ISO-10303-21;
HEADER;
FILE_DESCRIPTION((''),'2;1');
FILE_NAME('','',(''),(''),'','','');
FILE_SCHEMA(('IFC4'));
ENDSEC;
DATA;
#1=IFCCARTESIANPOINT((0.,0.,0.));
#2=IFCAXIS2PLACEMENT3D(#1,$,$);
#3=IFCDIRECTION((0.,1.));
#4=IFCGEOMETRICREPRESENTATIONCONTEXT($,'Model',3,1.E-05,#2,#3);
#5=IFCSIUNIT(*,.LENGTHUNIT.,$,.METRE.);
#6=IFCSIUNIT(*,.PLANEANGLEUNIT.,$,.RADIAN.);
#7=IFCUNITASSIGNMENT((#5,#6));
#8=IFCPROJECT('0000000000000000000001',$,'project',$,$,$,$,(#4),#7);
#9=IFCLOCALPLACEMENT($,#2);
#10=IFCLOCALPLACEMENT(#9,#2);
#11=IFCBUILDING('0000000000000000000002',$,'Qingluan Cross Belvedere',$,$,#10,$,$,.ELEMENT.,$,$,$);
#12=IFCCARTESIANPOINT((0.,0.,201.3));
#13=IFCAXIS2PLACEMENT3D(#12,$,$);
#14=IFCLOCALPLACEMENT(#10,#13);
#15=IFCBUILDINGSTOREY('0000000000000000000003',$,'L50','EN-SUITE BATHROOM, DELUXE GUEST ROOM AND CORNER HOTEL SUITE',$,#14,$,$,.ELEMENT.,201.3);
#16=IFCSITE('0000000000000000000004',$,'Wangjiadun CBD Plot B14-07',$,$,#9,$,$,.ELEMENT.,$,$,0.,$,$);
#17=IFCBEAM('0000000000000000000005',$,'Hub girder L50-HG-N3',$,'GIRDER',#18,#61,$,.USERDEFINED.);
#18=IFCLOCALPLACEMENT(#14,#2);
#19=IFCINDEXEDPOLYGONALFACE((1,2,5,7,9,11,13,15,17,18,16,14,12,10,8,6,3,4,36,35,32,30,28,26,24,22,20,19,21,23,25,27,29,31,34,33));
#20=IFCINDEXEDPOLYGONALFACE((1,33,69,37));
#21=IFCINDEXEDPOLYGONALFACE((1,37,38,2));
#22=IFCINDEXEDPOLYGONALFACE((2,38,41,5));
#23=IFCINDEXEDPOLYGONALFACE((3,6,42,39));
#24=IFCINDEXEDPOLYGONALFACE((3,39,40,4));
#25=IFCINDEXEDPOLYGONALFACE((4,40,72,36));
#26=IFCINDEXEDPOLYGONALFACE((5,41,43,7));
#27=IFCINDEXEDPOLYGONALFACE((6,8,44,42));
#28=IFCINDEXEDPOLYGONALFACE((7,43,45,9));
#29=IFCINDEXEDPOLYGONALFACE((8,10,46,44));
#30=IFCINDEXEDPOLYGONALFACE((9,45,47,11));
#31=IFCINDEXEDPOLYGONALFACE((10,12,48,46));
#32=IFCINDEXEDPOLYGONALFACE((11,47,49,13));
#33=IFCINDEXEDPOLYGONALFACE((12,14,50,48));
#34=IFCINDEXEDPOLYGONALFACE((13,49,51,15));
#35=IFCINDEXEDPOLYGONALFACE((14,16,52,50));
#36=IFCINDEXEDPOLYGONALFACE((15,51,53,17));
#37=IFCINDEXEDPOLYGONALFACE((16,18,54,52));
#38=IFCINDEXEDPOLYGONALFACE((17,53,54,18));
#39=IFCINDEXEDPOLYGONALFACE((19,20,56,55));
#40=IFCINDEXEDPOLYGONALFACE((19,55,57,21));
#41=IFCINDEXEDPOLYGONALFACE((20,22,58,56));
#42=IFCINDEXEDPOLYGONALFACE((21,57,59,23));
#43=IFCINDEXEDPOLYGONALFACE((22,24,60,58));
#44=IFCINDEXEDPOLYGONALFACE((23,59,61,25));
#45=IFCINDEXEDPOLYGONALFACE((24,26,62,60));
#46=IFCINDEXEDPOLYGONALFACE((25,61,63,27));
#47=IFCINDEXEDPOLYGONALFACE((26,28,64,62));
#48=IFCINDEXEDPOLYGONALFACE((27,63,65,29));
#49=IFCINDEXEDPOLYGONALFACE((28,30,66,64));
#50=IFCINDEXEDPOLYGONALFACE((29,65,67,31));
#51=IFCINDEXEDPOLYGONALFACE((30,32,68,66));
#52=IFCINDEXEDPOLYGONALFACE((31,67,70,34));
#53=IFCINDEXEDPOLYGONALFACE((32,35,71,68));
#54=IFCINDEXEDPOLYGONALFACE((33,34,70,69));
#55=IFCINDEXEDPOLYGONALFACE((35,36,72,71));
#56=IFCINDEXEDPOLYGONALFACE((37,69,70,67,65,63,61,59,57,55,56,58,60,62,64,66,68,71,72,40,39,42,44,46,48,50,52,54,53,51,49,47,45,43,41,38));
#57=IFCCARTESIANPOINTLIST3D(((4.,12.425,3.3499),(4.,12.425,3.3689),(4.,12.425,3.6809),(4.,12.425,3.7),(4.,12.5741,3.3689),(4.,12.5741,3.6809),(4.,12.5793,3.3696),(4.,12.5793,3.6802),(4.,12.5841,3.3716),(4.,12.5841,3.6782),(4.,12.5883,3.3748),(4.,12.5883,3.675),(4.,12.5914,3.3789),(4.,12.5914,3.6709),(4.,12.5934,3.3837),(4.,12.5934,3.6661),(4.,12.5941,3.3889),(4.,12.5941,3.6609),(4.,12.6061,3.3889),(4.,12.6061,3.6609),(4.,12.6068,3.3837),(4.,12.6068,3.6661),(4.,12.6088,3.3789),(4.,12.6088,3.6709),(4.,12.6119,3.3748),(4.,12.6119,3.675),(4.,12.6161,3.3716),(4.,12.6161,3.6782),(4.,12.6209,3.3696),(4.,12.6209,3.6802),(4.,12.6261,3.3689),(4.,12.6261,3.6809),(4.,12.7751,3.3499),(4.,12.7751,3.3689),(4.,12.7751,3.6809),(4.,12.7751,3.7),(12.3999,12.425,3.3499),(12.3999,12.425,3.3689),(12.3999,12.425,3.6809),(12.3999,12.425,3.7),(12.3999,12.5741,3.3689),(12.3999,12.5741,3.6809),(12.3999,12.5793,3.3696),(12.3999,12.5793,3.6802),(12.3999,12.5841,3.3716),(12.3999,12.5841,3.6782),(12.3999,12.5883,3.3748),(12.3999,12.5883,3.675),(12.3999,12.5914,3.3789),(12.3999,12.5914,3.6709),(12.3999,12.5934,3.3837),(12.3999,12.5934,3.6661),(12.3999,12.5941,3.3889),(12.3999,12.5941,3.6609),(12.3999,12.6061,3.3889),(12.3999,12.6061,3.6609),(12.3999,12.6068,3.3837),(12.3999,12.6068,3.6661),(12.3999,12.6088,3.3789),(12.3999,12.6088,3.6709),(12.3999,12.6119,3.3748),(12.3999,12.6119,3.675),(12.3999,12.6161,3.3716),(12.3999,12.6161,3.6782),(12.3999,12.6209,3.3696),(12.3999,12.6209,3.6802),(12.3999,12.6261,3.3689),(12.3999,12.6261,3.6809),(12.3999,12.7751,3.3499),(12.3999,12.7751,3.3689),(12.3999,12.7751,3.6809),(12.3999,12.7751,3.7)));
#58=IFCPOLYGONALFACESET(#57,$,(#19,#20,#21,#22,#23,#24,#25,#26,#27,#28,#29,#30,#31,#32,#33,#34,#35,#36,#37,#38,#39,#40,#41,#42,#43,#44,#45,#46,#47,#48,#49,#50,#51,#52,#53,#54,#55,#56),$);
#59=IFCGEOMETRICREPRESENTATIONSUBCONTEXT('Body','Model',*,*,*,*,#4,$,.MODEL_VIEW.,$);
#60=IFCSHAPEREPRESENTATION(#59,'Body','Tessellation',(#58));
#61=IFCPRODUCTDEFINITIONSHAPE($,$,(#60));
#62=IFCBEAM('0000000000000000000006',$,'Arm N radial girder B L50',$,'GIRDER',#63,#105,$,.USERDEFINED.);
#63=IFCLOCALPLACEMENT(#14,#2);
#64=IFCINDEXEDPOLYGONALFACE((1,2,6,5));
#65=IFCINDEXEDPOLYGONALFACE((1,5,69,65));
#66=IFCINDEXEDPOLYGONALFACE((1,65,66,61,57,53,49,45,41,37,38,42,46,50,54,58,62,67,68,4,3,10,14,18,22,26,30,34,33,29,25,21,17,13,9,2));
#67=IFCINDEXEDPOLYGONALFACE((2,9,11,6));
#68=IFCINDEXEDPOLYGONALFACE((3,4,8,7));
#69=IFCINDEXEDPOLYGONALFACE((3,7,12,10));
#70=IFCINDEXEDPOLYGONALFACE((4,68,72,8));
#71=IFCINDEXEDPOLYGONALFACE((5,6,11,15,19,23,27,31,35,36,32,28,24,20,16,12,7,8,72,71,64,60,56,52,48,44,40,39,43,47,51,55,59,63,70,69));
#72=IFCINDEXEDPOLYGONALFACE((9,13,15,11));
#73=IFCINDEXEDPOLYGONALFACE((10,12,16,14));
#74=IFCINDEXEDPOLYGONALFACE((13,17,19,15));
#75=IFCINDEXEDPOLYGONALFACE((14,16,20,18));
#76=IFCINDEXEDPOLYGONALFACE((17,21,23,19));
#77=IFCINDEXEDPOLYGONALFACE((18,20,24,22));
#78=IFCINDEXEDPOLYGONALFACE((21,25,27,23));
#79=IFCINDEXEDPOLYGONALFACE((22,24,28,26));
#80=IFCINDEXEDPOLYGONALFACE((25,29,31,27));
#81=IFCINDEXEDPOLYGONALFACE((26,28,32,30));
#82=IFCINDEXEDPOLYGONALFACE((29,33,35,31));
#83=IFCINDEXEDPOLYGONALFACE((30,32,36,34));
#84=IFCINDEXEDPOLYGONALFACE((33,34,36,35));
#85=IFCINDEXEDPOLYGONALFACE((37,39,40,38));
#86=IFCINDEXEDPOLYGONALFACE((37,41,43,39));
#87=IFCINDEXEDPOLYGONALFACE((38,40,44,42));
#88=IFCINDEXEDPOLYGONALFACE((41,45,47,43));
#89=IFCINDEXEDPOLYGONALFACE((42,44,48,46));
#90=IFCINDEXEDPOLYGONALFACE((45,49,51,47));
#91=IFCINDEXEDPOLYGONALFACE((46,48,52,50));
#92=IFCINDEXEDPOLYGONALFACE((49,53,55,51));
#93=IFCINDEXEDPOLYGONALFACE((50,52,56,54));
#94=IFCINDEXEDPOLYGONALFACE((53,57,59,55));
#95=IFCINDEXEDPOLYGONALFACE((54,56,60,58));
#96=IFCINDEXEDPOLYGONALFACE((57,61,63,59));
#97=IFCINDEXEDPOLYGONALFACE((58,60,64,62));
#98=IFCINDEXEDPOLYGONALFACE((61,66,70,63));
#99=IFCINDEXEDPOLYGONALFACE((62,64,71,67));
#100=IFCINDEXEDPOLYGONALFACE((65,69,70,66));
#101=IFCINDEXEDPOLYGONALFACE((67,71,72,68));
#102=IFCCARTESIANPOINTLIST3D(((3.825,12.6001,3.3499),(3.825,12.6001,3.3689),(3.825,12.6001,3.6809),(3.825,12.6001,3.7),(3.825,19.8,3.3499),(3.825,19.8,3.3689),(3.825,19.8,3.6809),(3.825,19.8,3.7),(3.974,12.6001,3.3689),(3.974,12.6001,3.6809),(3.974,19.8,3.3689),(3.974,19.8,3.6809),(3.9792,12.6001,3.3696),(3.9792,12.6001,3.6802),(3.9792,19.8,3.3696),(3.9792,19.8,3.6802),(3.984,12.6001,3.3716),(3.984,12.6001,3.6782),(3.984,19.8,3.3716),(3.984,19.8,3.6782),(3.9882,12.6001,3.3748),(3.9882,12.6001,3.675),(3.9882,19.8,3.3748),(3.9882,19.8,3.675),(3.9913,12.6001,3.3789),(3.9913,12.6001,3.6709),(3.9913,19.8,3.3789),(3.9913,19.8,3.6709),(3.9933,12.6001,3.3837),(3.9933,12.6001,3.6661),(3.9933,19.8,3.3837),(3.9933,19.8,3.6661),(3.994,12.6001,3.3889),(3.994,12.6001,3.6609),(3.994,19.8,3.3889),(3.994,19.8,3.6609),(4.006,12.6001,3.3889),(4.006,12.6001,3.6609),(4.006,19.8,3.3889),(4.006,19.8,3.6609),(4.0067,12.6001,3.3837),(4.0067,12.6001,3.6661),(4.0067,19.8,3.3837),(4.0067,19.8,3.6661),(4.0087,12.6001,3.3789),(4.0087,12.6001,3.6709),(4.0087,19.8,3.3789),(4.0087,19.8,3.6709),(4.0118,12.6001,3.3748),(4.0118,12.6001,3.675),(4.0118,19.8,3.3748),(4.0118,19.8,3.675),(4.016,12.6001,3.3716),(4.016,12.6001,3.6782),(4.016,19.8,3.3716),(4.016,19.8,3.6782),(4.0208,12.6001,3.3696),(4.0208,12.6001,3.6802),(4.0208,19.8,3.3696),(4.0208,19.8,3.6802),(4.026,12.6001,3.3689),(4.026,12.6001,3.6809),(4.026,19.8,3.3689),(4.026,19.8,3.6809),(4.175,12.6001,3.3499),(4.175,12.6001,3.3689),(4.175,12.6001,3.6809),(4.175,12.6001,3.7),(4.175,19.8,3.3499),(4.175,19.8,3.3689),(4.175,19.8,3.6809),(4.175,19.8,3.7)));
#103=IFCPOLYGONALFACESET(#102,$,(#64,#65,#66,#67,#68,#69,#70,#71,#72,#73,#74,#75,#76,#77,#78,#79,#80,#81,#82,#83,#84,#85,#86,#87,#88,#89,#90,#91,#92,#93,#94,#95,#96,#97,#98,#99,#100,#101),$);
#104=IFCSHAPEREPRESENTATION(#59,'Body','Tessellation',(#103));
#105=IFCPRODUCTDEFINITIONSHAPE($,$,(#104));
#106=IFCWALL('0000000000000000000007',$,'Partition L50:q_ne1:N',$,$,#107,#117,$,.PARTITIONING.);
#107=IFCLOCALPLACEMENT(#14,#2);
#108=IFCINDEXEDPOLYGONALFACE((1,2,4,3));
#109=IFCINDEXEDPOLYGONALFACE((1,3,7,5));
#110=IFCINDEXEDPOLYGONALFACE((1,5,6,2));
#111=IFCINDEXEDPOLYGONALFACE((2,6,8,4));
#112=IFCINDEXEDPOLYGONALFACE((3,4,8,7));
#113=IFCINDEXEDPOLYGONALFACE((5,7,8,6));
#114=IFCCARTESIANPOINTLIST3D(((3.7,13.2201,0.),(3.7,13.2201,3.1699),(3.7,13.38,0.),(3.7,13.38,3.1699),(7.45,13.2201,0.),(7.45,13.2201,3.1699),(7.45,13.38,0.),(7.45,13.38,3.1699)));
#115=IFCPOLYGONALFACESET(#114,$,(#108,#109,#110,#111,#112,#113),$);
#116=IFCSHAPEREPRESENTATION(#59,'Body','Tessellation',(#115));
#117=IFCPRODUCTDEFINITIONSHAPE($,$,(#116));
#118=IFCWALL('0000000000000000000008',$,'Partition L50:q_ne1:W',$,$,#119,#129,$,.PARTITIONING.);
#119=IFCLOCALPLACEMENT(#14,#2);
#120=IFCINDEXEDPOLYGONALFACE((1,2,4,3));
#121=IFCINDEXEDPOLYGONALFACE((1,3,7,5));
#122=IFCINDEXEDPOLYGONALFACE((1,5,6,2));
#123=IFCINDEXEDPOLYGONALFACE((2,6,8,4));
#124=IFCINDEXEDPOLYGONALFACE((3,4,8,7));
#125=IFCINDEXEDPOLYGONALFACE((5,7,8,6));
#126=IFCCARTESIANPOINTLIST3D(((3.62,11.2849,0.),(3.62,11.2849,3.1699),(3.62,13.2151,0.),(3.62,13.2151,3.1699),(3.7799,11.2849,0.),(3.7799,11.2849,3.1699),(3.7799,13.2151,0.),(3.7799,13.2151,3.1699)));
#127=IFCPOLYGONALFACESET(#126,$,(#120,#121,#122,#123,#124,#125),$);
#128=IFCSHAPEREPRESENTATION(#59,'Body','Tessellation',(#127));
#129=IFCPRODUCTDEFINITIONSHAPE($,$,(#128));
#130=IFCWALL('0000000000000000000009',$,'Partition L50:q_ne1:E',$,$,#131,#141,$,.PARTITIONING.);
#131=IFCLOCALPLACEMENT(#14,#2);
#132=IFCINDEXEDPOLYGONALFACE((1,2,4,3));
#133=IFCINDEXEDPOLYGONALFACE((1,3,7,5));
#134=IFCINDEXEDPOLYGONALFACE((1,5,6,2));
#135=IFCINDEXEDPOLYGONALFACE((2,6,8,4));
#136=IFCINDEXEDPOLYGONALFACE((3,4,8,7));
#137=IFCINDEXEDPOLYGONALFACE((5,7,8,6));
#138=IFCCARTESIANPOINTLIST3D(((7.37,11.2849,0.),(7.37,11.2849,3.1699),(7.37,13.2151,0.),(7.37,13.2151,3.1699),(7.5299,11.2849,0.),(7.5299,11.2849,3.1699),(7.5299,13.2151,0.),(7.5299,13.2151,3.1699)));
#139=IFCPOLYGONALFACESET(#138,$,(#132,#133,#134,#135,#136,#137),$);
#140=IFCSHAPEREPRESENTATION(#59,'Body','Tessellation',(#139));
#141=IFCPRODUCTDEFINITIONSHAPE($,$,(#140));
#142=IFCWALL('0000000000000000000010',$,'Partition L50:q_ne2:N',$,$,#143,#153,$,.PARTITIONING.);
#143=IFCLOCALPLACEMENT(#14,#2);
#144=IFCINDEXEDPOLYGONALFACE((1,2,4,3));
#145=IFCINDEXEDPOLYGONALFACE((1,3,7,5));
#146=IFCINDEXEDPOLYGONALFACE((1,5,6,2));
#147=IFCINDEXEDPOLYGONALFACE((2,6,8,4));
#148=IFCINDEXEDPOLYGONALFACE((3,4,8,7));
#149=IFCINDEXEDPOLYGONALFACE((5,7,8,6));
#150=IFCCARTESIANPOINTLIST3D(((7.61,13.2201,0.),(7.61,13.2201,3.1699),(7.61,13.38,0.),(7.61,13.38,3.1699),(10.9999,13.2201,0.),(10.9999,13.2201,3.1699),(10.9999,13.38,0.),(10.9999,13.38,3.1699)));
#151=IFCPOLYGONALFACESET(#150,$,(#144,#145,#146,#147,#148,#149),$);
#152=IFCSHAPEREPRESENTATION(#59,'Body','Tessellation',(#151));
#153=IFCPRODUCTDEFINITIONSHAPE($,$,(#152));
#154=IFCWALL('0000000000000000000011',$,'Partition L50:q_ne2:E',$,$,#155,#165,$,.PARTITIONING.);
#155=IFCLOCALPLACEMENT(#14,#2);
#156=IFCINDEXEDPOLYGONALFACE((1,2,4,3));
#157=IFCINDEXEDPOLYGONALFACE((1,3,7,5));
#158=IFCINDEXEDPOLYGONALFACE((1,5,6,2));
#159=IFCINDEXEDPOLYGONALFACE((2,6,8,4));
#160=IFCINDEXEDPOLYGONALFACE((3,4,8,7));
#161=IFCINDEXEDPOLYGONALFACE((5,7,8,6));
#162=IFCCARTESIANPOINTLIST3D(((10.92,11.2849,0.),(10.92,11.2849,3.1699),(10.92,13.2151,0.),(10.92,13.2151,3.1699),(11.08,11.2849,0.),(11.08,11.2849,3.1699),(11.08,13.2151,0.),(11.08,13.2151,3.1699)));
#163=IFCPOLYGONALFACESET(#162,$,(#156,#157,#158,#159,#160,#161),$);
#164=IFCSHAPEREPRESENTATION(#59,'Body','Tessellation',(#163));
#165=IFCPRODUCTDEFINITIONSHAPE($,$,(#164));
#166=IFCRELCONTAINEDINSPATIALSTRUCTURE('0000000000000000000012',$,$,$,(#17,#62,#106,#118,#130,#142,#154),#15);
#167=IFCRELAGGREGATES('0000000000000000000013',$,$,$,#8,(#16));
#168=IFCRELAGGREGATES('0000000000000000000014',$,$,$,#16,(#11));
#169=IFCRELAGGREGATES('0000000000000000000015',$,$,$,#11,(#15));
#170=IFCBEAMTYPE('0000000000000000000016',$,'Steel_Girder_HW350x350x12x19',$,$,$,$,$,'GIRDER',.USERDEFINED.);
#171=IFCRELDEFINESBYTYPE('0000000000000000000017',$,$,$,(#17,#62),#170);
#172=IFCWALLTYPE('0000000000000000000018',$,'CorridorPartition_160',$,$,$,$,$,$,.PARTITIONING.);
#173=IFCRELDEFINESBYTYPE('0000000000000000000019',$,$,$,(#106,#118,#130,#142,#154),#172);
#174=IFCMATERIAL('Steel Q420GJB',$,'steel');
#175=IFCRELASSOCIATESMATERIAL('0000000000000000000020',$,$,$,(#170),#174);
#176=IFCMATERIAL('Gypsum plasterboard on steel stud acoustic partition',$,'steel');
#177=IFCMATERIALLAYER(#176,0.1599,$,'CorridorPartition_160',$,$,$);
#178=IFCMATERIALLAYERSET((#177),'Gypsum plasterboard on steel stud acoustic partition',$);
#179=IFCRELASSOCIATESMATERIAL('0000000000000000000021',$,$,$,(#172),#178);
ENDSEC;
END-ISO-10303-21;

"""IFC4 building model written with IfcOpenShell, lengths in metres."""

from ifc_helpers import new_model, si_unit, direction, frame, frame_2d, origin, origin_2d, place, context, subcontext, project, spatial, rectangle, i_section, extrude, material, layer, layer_set, material_profile, profile_set, type_object, element, save


model = new_model("IFC4")

# Units and contexts
model_context = context("Model", 3, precision=1e-05, world=origin(), true_north=direction((0.0, 1.0)))
body_context = subcontext(model_context, "Body", "Model", "MODEL_VIEW")
ifc_project = project(units=[si_unit("LENGTHUNIT", "METRE"), si_unit("PLANEANGLEUNIT", "RADIAN")], contexts=[model_context])

# Site, building, storey
site_placement = place(None, origin())
site = spatial("IfcSite", under=ifc_project, at=site_placement, Name="Wangjiadun CBD Plot B14-07", CompositionType="ELEMENT", RefElevation=0.0)
building_placement = place(site_placement, origin())
building = spatial("IfcBuilding", under=site, at=building_placement, Name="Qingluan Cross Belvedere", CompositionType="ELEMENT")
storey_placement = place(building_placement, frame((0.0, 0.0, 201.3)))
storey = spatial("IfcBuildingStorey", under=building, at=storey_placement, Name="L50", Description="EN-SUITE BATHROOM, DELUXE GUEST ROOM AND CORNER HOTEL SUITE", CompositionType="ELEMENT", Elevation=201.3)

# Beams
ifc_material_1 = material(Name="Steel Q420GJB", Category="steel")
ifc_material_profile_1 = material_profile(ifc_material_1, i_section(OverallWidth=0.3501, OverallDepth=0.3501, WebThickness=0.012, FlangeThickness=0.019, FilletRadius=0.02, at=origin_2d()), Name="HW350x350x12x19")
ifc_profile_set_1 = profile_set([ifc_material_profile_1], Name="Steel Q420GJB")
beam_type_1 = type_object("IfcBeamType", Name="Steel_Girder_HW350x350x12x19", ElementType="GIRDER", PredefinedType="USERDEFINED", material=ifc_profile_set_1)
beam_1_placement = place(storey_placement, frame((4.0, 12.6001, 3.5249), z_axis=(1.0, 0.0, 0.0), x_axis=(0.0, 1.0, 0.0)))
element("IfcBeam", 1, at=beam_1_placement, inside=storey, type_object=beam_type_1, Name="Hub girder L50-HG-N3", ObjectType="GIRDER", PredefinedType="USERDEFINED", context=body_context, shape_type="SweptSolid", body=[
    extrude(i_section(OverallWidth=0.3501, OverallDepth=0.3501, WebThickness=0.012, FlangeThickness=0.019, FilletRadius=0.02, at=origin_2d()), origin(), (0.0, 0.0, 1.0), 8.3999),
])
beam_2_placement = place(storey_placement, frame((4.0, 12.6001, 3.5249), z_axis=(0.0, 1.0, 0.0), x_axis=(-1.0, 0.0, 0.0)))
element("IfcBeam", 2, at=beam_2_placement, inside=storey, type_object=beam_type_1, Name="Arm N radial girder B L50", ObjectType="GIRDER", PredefinedType="USERDEFINED", context=body_context, shape_type="SweptSolid", body=[
    extrude(i_section(OverallWidth=0.3501, OverallDepth=0.3501, WebThickness=0.012, FlangeThickness=0.019, FilletRadius=0.02, at=origin_2d()), origin(), (0.0, 0.0, 1.0), 7.2),
])

# Shared definitions
ifc_material_2 = material(Name="Gypsum plasterboard on steel stud acoustic partition", Category="steel")
ifc_layer_1 = layer(ifc_material_2, 0.1599, Name="CorridorPartition_160")
ifc_layer_set_1 = layer_set([ifc_layer_1], Name="Gypsum plasterboard on steel stud acoustic partition")
wall_type_1 = type_object("IfcWallType", Name="CorridorPartition_160", PredefinedType="PARTITIONING", material=ifc_layer_set_1)

# Walls
wall_1_placement = place(storey_placement, frame((3.7, 13.3, 0.0), z_axis=(0.0, 0.0, 1.0), x_axis=(1.0, 0.0, 0.0)))
element("IfcWall", 3, at=wall_1_placement, inside=storey, type_object=wall_type_1, Name="Partition L50:q_ne1:N", PredefinedType="PARTITIONING", context=body_context, shape_type="SweptSolid", body=[
    extrude(rectangle(XDim=3.75, YDim=0.1599, at=frame_2d((1.875, 0.0))), origin(), (0.0, 0.0, 1.0), 3.1699),
])
for number, where, z_axis, x_axis, name in (
    (4, (3.7, 11.2849, 0.0), (0.0, 0.0, 1.0), (0.0, 1.0, 0.0), "Partition L50:q_ne1:W"),
    (5, (7.45, 11.2849, 0.0), (0.0, 0.0, 1.0), (0.0, 1.0, 0.0), "Partition L50:q_ne1:E"),
):
    element("IfcWall", number, at=place(storey_placement, frame(where, z_axis=z_axis, x_axis=x_axis)), inside=storey, type_object=wall_type_1, Name=name, PredefinedType="PARTITIONING", context=body_context, shape_type="SweptSolid", body=[
        extrude(rectangle(XDim=1.9302, YDim=0.1599, at=frame_2d((0.9651, 0.0))), origin(), (0.0, 0.0, 1.0), 3.1699),
    ])

# Walls
wall_2_placement = place(storey_placement, frame((7.6101, 13.3, 0.0), z_axis=(0.0, 0.0, 1.0), x_axis=(1.0, 0.0, 0.0)))
element("IfcWall", 6, at=wall_2_placement, inside=storey, type_object=wall_type_1, Name="Partition L50:q_ne2:N", PredefinedType="PARTITIONING", context=body_context, shape_type="SweptSolid", body=[
    extrude(rectangle(XDim=3.3899, YDim=0.1599, at=frame_2d((1.6948, 0.0))), origin(), (0.0, 0.0, 1.0), 3.1699),
])
wall_3_placement = place(storey_placement, frame((11.0, 11.2849, 0.0), z_axis=(0.0, 0.0, 1.0), x_axis=(0.0, 1.0, 0.0)))
element("IfcWall", 7, at=wall_3_placement, inside=storey, type_object=wall_type_1, Name="Partition L50:q_ne2:E", PredefinedType="PARTITIONING", context=body_context, shape_type="SweptSolid", body=[
    extrude(rectangle(XDim=1.9302, YDim=0.1599, at=frame_2d((0.9651, 0.0))), origin(), (0.0, 0.0, 1.0), 3.1699),
])

save(model, "model.ifc")
